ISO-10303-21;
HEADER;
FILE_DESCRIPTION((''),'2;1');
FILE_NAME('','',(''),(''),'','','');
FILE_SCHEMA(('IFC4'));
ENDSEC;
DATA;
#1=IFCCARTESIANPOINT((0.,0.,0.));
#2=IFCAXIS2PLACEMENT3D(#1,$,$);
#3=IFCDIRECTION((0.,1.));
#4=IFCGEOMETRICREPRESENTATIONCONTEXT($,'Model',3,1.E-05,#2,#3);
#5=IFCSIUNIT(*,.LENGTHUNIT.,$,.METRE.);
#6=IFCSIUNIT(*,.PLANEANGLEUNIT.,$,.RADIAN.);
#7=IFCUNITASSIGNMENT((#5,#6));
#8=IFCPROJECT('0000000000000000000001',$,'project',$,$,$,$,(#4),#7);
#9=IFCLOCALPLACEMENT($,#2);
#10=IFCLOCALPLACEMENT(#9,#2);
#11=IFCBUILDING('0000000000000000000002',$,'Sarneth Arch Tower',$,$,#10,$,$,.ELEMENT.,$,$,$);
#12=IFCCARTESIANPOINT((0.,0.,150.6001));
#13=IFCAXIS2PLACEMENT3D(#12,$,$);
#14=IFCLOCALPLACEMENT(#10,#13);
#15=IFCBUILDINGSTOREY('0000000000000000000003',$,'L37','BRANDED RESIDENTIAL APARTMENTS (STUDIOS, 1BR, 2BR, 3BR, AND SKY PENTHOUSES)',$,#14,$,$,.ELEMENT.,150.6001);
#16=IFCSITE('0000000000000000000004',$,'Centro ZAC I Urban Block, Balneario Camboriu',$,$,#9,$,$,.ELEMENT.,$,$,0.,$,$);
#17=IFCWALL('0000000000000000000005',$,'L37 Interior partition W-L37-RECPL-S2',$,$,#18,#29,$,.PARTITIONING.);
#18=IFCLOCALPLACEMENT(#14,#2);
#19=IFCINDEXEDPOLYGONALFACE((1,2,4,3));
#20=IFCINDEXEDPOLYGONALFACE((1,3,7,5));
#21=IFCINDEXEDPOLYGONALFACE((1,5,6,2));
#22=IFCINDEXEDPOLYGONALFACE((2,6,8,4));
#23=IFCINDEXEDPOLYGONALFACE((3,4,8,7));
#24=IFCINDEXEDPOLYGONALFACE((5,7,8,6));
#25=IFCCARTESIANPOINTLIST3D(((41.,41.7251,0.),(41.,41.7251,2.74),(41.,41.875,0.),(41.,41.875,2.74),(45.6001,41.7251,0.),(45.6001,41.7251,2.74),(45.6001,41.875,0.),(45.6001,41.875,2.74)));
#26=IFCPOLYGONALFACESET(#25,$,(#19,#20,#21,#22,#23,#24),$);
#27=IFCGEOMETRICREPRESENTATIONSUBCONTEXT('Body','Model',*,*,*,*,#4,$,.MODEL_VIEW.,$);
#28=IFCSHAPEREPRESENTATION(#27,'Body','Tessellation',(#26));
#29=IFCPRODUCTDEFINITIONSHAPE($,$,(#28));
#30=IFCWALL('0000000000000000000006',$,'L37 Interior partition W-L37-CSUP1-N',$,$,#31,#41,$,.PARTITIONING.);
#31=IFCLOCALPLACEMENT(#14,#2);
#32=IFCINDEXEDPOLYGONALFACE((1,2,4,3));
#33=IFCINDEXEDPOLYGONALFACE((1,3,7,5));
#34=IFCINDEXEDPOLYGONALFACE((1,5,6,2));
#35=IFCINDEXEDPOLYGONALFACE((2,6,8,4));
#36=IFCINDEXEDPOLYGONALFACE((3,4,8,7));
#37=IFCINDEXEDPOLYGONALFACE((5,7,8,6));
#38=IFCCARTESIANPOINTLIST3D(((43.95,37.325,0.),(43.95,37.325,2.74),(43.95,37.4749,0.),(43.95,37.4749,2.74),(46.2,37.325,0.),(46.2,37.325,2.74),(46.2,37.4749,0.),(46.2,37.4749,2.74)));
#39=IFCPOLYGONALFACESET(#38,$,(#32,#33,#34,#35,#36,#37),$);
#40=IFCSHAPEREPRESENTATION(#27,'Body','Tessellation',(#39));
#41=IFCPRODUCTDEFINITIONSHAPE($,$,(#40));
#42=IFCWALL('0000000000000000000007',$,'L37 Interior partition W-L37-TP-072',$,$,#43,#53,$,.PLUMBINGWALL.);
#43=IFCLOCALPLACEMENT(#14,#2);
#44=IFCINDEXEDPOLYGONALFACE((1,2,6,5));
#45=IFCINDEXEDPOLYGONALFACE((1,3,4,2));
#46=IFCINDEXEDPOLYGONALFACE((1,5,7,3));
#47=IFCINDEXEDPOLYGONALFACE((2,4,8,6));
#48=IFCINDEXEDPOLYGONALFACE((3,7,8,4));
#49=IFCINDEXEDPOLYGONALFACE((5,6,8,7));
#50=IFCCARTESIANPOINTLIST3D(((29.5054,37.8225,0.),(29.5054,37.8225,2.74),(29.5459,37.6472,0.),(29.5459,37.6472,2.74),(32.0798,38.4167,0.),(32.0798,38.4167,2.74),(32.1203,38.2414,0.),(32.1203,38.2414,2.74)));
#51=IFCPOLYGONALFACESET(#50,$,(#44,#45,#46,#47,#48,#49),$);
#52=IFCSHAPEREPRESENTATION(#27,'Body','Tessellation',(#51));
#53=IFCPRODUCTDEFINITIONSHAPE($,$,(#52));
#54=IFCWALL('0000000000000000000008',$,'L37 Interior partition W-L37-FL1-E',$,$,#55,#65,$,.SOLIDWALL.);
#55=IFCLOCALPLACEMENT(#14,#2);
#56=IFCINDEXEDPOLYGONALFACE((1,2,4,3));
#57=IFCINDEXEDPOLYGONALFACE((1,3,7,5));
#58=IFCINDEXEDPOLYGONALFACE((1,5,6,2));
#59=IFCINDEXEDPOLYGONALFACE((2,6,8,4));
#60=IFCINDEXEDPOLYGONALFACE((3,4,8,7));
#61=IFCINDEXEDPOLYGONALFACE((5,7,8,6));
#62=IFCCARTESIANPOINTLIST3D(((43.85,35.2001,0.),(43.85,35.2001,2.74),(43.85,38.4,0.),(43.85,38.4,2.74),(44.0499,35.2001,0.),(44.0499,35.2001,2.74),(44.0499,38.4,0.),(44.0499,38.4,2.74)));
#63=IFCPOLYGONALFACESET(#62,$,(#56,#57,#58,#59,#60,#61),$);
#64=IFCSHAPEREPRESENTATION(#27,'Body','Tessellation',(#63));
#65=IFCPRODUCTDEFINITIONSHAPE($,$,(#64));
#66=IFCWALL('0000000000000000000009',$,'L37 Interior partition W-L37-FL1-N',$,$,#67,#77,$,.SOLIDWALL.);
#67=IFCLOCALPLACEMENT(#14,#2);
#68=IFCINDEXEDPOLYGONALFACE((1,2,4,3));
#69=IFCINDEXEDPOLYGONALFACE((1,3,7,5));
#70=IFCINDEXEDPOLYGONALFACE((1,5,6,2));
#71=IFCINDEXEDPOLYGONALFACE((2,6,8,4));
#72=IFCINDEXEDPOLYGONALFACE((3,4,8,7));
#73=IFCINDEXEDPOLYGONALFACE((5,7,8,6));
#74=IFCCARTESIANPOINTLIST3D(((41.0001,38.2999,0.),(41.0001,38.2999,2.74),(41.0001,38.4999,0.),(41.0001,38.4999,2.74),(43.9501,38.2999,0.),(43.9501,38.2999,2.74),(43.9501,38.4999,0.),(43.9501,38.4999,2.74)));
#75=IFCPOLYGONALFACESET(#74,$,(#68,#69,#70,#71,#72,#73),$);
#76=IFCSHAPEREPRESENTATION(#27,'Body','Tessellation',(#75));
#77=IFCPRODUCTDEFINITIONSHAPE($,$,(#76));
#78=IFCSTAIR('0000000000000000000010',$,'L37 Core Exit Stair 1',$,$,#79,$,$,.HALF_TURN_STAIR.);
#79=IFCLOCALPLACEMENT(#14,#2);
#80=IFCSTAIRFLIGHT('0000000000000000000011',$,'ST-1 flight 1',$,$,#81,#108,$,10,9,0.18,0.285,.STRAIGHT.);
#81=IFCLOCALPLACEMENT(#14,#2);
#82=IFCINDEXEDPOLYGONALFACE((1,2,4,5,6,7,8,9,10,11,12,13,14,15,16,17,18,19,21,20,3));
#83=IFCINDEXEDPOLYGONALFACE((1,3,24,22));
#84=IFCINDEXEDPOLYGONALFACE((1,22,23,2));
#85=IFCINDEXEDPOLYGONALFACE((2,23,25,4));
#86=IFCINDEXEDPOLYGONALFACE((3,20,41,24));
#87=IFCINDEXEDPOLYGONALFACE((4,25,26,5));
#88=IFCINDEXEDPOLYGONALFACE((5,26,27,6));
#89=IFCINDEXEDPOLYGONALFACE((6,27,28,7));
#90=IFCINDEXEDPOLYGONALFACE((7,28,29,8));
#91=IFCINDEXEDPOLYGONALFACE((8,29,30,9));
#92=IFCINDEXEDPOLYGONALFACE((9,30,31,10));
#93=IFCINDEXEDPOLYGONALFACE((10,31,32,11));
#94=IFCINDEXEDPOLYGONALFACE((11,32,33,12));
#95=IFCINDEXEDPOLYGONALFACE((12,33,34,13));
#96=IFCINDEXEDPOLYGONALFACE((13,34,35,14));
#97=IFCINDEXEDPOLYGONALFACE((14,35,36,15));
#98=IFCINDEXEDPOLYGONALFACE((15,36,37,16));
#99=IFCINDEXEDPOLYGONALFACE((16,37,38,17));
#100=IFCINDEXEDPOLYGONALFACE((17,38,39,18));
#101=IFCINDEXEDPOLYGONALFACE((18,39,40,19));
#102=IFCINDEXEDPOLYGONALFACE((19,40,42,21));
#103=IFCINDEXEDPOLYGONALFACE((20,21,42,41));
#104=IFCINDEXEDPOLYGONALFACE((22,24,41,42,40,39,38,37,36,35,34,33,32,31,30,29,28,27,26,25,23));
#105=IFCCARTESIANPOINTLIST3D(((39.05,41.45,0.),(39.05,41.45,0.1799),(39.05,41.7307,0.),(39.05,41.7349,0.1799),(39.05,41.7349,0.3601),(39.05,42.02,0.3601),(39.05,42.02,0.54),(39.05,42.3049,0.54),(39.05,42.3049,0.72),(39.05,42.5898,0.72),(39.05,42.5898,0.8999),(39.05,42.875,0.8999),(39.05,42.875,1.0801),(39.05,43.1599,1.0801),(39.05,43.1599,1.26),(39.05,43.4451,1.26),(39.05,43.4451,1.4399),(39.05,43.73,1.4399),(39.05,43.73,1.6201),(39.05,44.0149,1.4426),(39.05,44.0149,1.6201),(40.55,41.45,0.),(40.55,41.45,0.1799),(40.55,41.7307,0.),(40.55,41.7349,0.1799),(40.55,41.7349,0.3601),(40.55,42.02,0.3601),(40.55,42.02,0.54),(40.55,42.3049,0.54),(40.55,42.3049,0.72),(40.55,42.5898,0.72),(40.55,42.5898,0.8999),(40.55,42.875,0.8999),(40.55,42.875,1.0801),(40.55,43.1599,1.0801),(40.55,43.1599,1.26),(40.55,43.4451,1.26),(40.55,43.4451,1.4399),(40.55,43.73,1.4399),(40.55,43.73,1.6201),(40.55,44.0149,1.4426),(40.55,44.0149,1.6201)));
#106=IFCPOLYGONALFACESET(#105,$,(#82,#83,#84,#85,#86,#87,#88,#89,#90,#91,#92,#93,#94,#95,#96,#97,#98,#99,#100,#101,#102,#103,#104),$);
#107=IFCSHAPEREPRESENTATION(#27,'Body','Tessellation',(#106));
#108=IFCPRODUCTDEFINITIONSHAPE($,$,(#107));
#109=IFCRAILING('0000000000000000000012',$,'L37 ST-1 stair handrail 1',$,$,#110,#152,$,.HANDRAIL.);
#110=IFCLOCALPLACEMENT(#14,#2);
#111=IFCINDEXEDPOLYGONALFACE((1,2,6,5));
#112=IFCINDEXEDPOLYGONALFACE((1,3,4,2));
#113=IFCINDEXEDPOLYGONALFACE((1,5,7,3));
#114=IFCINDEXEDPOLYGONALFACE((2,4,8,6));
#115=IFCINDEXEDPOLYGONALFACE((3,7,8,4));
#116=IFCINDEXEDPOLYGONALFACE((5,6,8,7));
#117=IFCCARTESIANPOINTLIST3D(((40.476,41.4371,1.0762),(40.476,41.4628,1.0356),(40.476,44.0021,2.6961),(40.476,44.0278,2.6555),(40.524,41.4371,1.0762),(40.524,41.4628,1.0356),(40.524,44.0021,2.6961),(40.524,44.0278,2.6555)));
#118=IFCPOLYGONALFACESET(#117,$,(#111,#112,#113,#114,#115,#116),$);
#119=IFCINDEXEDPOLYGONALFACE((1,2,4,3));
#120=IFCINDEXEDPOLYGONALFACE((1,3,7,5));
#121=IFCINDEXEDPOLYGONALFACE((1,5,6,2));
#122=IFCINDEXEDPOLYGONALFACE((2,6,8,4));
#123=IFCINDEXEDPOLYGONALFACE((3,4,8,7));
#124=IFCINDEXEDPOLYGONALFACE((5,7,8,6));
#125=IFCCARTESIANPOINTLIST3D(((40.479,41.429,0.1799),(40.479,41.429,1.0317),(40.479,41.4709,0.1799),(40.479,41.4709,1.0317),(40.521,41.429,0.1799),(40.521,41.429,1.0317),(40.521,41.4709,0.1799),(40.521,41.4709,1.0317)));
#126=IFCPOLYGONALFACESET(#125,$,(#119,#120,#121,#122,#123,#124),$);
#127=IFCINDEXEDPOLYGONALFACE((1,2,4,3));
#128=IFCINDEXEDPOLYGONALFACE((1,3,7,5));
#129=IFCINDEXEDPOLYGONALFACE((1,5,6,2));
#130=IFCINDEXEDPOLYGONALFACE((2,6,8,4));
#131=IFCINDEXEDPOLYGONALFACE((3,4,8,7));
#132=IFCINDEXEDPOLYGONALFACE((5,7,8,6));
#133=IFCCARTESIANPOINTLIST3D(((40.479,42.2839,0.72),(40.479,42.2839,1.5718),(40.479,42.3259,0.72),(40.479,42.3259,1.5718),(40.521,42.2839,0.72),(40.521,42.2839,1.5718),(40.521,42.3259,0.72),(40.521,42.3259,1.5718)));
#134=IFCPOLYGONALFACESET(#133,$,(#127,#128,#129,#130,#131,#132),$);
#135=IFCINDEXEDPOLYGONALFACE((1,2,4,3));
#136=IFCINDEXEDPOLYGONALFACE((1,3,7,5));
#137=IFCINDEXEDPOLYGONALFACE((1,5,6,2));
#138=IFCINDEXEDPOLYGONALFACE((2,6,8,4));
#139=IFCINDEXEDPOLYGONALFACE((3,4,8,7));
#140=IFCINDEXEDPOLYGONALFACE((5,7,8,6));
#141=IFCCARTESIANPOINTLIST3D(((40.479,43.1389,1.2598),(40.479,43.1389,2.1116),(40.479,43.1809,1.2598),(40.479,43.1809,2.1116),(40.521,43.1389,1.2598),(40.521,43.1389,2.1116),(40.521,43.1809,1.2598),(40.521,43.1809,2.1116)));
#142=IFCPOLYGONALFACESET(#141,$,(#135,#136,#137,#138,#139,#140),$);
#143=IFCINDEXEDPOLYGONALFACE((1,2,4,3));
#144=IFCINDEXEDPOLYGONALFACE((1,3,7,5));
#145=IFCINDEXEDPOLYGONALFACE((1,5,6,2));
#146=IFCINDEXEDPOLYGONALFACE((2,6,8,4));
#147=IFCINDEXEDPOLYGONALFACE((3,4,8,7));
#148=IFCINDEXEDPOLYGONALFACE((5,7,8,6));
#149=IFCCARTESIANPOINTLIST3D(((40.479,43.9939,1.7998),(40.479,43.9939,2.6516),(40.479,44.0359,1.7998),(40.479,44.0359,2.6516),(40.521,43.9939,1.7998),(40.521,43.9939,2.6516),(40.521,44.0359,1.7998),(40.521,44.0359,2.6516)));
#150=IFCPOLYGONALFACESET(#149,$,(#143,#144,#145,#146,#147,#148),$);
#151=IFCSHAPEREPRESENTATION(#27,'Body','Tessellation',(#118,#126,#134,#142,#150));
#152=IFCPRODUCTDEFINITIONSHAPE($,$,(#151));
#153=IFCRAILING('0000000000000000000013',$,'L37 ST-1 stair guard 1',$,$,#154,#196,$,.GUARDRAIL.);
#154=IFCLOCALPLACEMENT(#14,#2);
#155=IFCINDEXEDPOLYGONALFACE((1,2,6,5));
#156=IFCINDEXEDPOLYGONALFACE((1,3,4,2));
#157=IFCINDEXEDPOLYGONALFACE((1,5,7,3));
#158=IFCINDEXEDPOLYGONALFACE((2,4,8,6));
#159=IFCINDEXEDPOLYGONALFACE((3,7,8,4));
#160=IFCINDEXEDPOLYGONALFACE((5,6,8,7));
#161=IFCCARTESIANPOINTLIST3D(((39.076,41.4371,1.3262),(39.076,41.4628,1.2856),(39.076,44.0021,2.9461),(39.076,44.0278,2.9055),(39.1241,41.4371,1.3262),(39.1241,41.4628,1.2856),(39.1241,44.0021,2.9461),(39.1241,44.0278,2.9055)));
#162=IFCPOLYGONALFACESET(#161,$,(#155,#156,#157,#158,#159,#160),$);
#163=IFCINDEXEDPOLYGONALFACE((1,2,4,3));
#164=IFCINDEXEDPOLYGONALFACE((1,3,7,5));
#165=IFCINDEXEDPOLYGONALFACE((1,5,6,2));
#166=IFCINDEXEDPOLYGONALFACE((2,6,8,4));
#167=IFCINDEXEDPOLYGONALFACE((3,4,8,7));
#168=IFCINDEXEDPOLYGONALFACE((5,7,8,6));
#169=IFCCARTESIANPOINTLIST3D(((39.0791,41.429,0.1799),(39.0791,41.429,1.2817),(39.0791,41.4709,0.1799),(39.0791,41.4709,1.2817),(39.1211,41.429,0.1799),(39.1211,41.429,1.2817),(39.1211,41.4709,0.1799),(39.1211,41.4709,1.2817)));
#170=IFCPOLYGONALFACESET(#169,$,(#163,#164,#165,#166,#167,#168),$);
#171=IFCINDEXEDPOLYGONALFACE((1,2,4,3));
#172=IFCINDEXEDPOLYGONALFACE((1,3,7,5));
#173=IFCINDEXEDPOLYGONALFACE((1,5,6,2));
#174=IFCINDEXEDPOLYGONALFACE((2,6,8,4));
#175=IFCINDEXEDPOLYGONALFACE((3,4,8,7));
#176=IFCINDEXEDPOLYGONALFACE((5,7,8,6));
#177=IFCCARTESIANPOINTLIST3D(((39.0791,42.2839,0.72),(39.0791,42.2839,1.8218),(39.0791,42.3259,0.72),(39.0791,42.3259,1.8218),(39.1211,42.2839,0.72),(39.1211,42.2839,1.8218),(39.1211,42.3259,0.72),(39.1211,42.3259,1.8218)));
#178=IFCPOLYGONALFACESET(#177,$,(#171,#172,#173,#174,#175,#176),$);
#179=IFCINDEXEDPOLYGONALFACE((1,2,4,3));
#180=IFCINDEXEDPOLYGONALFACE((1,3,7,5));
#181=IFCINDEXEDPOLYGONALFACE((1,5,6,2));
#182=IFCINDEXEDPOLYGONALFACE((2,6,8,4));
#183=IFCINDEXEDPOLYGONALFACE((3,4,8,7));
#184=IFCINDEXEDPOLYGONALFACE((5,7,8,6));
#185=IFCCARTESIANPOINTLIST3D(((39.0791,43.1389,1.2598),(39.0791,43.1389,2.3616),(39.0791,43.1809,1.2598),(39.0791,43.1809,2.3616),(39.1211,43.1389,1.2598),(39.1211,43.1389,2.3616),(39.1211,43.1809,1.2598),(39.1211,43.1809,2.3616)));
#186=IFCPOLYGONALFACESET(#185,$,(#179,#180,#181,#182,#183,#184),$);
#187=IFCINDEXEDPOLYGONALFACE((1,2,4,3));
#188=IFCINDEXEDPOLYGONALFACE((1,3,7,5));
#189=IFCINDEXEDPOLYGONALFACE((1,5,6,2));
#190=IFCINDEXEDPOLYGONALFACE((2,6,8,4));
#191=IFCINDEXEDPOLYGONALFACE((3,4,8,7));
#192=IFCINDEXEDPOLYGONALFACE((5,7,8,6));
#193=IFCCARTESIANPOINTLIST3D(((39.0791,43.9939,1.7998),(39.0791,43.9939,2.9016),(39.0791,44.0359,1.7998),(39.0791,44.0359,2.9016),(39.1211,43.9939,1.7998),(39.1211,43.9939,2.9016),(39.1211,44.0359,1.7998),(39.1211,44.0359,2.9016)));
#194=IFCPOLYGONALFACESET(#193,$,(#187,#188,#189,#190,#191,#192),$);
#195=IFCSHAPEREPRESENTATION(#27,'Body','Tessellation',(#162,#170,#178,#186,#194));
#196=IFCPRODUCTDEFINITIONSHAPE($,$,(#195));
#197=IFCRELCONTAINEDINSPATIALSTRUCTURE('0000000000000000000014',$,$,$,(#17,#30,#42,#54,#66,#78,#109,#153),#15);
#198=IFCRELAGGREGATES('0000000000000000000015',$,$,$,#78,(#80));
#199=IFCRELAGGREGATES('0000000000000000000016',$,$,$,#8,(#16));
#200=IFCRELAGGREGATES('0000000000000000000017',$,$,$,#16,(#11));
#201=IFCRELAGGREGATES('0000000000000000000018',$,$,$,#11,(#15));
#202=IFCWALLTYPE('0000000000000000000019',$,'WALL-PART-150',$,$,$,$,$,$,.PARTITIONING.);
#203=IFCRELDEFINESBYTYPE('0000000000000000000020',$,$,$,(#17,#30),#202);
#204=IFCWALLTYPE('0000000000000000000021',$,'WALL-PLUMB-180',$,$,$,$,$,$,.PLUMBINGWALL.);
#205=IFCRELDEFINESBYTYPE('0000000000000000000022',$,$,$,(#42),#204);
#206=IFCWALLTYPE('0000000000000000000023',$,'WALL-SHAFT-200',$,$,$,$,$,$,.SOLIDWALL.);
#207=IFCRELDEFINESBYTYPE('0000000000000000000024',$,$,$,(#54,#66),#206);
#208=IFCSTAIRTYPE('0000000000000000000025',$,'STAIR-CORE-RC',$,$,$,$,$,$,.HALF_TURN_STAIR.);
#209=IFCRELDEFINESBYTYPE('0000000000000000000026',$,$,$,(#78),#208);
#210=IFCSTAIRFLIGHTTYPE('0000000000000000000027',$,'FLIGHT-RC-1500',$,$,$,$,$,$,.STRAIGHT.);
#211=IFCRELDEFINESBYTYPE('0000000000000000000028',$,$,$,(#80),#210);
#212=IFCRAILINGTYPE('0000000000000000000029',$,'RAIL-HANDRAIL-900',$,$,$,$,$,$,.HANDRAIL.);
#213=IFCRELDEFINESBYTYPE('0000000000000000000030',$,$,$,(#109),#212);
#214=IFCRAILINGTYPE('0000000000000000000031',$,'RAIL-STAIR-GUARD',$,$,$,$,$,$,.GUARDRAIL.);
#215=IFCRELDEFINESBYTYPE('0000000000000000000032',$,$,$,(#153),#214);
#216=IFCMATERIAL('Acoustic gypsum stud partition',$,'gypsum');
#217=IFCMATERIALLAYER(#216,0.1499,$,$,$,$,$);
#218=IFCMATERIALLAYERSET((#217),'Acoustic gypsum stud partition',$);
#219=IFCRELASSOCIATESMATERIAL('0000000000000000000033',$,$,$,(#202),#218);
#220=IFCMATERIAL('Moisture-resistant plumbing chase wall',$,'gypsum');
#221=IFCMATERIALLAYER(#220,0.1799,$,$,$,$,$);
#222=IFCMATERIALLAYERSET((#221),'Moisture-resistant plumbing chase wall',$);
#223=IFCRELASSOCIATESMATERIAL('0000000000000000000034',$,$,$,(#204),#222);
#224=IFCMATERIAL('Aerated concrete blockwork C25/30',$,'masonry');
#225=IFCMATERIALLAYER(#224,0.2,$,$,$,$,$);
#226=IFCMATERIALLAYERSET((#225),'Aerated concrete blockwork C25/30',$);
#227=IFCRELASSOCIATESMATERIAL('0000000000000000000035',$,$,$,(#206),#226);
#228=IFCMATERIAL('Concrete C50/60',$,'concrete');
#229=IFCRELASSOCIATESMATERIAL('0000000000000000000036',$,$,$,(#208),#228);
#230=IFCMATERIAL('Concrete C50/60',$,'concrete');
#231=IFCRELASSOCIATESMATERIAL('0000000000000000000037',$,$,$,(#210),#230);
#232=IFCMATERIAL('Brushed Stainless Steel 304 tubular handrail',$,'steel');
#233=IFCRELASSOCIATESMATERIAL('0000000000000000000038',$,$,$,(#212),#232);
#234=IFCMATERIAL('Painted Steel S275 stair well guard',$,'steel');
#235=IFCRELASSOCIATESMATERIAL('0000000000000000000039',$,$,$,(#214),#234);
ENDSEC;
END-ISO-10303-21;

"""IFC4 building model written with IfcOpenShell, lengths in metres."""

from ifc_helpers import new_model, si_unit, direction, frame, frame_2d, origin, origin_2d, place, context, subcontext, project, spatial, polyline, rectangle, outline, extrude, material, layer, layer_set, type_object, element, aggregate, save


model = new_model("IFC4")

# Units and contexts
model_context = context("Model", 3, precision=1e-05, world=origin(), true_north=direction((0.0, 1.0)))
body_context = subcontext(model_context, "Body", "Model", "MODEL_VIEW")
ifc_project = project(units=[si_unit("LENGTHUNIT", "METRE"), si_unit("PLANEANGLEUNIT", "RADIAN")], contexts=[model_context])

# Site, building, storey
site_placement = place(None, origin())
site = spatial("IfcSite", under=ifc_project, at=site_placement, Name="Centro ZAC I Urban Block, Balneario Camboriu", CompositionType="ELEMENT", RefElevation=0.0)
building_placement = place(site_placement, origin())
building = spatial("IfcBuilding", under=site, at=building_placement, Name="Sarneth Arch Tower", CompositionType="ELEMENT")
storey_placement = place(building_placement, frame((0.0, 0.0, 150.6001)))
storey = spatial("IfcBuildingStorey", under=building, at=storey_placement, Name="L37", Description="BRANDED RESIDENTIAL APARTMENTS (STUDIOS, 1BR, 2BR, 3BR, AND SKY PENTHOUSES)", CompositionType="ELEMENT", Elevation=150.6001)

# Shared definitions
ifc_material_1 = material(Name="Acoustic gypsum stud partition", Category="gypsum")
ifc_layer_1 = layer(ifc_material_1, 0.1499)
ifc_layer_set_1 = layer_set([ifc_layer_1], Name="Acoustic gypsum stud partition")
wall_type_1 = type_object("IfcWallType", Name="WALL-PART-150", PredefinedType="PARTITIONING", material=ifc_layer_set_1)

# Wall
wall_1_placement = place(storey_placement, frame((41.0, 41.8, 0.0), z_axis=(0.0, 0.0, 1.0), x_axis=(1.0, 0.0, 0.0)))
element("IfcWall", 1, at=wall_1_placement, inside=storey, type_object=wall_type_1, Name="L37 Interior partition W-L37-RECPL-S2", PredefinedType="PARTITIONING", context=body_context, shape_type="SweptSolid", body=[
    extrude(rectangle(XDim=4.6001, YDim=0.1499, at=frame_2d((2.3, 0.0))), origin(), (0.0, 0.0, 1.0), 2.74),
])

# Wall
wall_2_placement = place(storey_placement, frame((43.95, 37.3999, 0.0), z_axis=(0.0, 0.0, 1.0), x_axis=(1.0, 0.0, 0.0)))
element("IfcWall", 2, at=wall_2_placement, inside=storey, type_object=wall_type_1, Name="L37 Interior partition W-L37-CSUP1-N", PredefinedType="PARTITIONING", context=body_context, shape_type="SweptSolid", body=[
    extrude(rectangle(XDim=2.25, YDim=0.1499, at=frame_2d((1.125, 0.0))), origin(), (0.0, 0.0, 1.0), 2.74),
])

# Wall
ifc_material_2 = material(Name="Moisture-resistant plumbing chase wall", Category="gypsum")
ifc_layer_2 = layer(ifc_material_2, 0.1799)
ifc_layer_set_2 = layer_set([ifc_layer_2], Name="Moisture-resistant plumbing chase wall")
wall_type_2 = type_object("IfcWallType", Name="WALL-PLUMB-180", PredefinedType="PLUMBINGWALL", material=ifc_layer_set_2)
wall_3_placement = place(storey_placement, frame((29.5256, 37.7349, 0.0), z_axis=(0.0, 0.0, 1.0), x_axis=(0.97438, 0.224907, 0.0)))
element("IfcWall", 3, at=wall_3_placement, inside=storey, type_object=wall_type_2, Name="L37 Interior partition W-L37-TP-072", PredefinedType="PLUMBINGWALL", context=body_context, shape_type="SweptSolid", body=[
    extrude(rectangle(XDim=2.6421, YDim=0.1799, at=frame_2d((1.321, 0.0))), origin(), (0.0, 0.0, 1.0), 2.74),
])

# Shared definitions
ifc_material_3 = material(Name="Aerated concrete blockwork C25/30", Category="masonry")
ifc_layer_3 = layer(ifc_material_3, 0.2)
ifc_layer_set_3 = layer_set([ifc_layer_3], Name="Aerated concrete blockwork C25/30")
wall_type_3 = type_object("IfcWallType", Name="WALL-SHAFT-200", PredefinedType="SOLIDWALL", material=ifc_layer_set_3)

# Walls
wall_4_placement = place(storey_placement, frame((43.95, 35.2, 0.0), z_axis=(0.0, 0.0, 1.0), x_axis=(0.0, 1.0, 0.0)))
element("IfcWall", 4, at=wall_4_placement, inside=storey, type_object=wall_type_3, Name="L37 Interior partition W-L37-FL1-E", PredefinedType="SOLIDWALL", context=body_context, shape_type="SweptSolid", body=[
    extrude(rectangle(XDim=3.2, YDim=0.2, at=frame_2d((1.6001, 0.0))), origin(), (0.0, 0.0, 1.0), 2.74),
])
wall_5_placement = place(storey_placement, frame((41.0, 38.3999, 0.0), z_axis=(0.0, 0.0, 1.0), x_axis=(1.0, 0.0, 0.0)))
element("IfcWall", 5, at=wall_5_placement, inside=storey, type_object=wall_type_3, Name="L37 Interior partition W-L37-FL1-N", PredefinedType="SOLIDWALL", context=body_context, shape_type="SweptSolid", body=[
    extrude(rectangle(XDim=2.95, YDim=0.2, at=frame_2d((1.4751, 0.0))), origin(), (0.0, 0.0, 1.0), 2.74),
])

# Stair, stair flight
ifc_material_4 = material(Name="Concrete C50/60", Category="concrete")
stair_type = type_object("IfcStairType", Name="STAIR-CORE-RC", PredefinedType="HALF_TURN_STAIR", material=ifc_material_4)
stair_placement = place(storey_placement, origin())
stair = element("IfcStair", 6, at=stair_placement, inside=storey, type_object=stair_type, Name="L37 Core Exit Stair 1", PredefinedType="HALF_TURN_STAIR")
ifc_material_5 = material(Name="Concrete C50/60", Category="concrete")
stair_flight_type = type_object("IfcStairFlightType", Name="FLIGHT-RC-1500", PredefinedType="STRAIGHT", material=ifc_material_5)
stair_flight_placement = place(storey_placement, frame((39.8, 41.45, 0.0), z_axis=(0.0, 0.0, 1.0), x_axis=(0.0, 1.0, 0.0)))
stair_flight = element("IfcStairFlight", 7, at=stair_flight_placement, type_object=stair_flight_type, Name="ST-1 flight 1", NumberOfRisers=10, NumberOfTreads=9, PredefinedType="STRAIGHT", RiserHeight=0.18, TreadLength=0.285, context=body_context, shape_type="SweptSolid", body=[
    extrude(outline(polyline([(0.0, 0.0), (0.0, 0.1799), (0.2849, 0.1799), (0.2849, 0.3601), (0.5701, 0.3601), (0.5701, 0.54), (0.855, 0.54), (0.855, 0.72), (1.1399, 0.72), (1.1399, 0.8999), (1.425, 0.8999), (1.425, 1.0801), (1.71, 1.0801), (1.71, 1.26), (1.9951, 1.26), (1.9951, 1.4399), (2.28, 1.4399), (2.28, 1.6201), (2.5649, 1.6201), (2.5649, 1.8), (2.5649, 1.4426), (0.2808, 0.0), (0.0, 0.0)])), frame((0.0, 0.75, 0.0), z_axis=(0.0, -1.0, 0.0), x_axis=(1.0, 0.0, 0.0)), (0.0, 0.0, 1.0), 1.5),
])
aggregate(stair, [stair_flight])

# Railings
ifc_material_6 = material(Name="Brushed Stainless Steel 304 tubular handrail", Category="steel")
railing_type_1 = type_object("IfcRailingType", Name="RAIL-HANDRAIL-900", PredefinedType="HANDRAIL", material=ifc_material_6)
railing_1_placement = place(storey_placement, frame((40.5, 41.45, 0.1799)))
element("IfcRailing", 8, at=railing_1_placement, inside=storey, type_object=railing_type_1, Name="L37 ST-1 stair handrail 1", PredefinedType="HANDRAIL", context=body_context, shape_type="SweptSolid", body=[
    extrude(rectangle(XDim=0.0481, YDim=0.0481, at=origin_2d()), frame((0.0, 0.0, 0.876), z_axis=(0.0, 0.845502, 0.533972), x_axis=(-1.0, 0.0, 0.0)), (0.0, 0.0, 1.0), 3.0337),
    extrude(rectangle(XDim=0.042, YDim=0.042, at=origin_2d()), origin(), (0.0, 0.0, 1.0), 0.8518),
    extrude(rectangle(XDim=0.042, YDim=0.042, at=origin_2d()), frame((0.0, 0.855, 0.54)), (0.0, 0.0, 1.0), 0.8518),
    extrude(rectangle(XDim=0.042, YDim=0.042, at=origin_2d()), frame((0.0, 1.71, 1.0798)), (0.0, 0.0, 1.0), 0.8518),
    extrude(rectangle(XDim=0.042, YDim=0.042, at=origin_2d()), frame((0.0, 2.5649, 1.6199)), (0.0, 0.0, 1.0), 0.8518),
])
ifc_material_7 = material(Name="Painted Steel S275 stair well guard", Category="steel")
railing_type_2 = type_object("IfcRailingType", Name="RAIL-STAIR-GUARD", PredefinedType="GUARDRAIL", material=ifc_material_7)
railing_2_placement = place(storey_placement, frame((39.1001, 41.45, 0.1799)))
element("IfcRailing", 9, at=railing_2_placement, inside=storey, type_object=railing_type_2, Name="L37 ST-1 stair guard 1", PredefinedType="GUARDRAIL", context=body_context, shape_type="SweptSolid", body=[
    extrude(rectangle(XDim=0.0481, YDim=0.0481, at=origin_2d()), frame((0.0, 0.0, 1.126), z_axis=(0.0, 0.845502, 0.533972), x_axis=(-1.0, 0.0, 0.0)), (0.0, 0.0, 1.0), 3.0337),
    extrude(rectangle(XDim=0.042, YDim=0.042, at=origin_2d()), origin(), (0.0, 0.0, 1.0), 1.1018),
    extrude(rectangle(XDim=0.042, YDim=0.042, at=origin_2d()), frame((0.0, 0.855, 0.54)), (0.0, 0.0, 1.0), 1.1018),
    extrude(rectangle(XDim=0.042, YDim=0.042, at=origin_2d()), frame((0.0, 1.71, 1.0798)), (0.0, 0.0, 1.0), 1.1018),
    extrude(rectangle(XDim=0.042, YDim=0.042, at=origin_2d()), frame((0.0, 2.5649, 1.6199)), (0.0, 0.0, 1.0), 1.1018),
])

save(model, "model.ifc")
